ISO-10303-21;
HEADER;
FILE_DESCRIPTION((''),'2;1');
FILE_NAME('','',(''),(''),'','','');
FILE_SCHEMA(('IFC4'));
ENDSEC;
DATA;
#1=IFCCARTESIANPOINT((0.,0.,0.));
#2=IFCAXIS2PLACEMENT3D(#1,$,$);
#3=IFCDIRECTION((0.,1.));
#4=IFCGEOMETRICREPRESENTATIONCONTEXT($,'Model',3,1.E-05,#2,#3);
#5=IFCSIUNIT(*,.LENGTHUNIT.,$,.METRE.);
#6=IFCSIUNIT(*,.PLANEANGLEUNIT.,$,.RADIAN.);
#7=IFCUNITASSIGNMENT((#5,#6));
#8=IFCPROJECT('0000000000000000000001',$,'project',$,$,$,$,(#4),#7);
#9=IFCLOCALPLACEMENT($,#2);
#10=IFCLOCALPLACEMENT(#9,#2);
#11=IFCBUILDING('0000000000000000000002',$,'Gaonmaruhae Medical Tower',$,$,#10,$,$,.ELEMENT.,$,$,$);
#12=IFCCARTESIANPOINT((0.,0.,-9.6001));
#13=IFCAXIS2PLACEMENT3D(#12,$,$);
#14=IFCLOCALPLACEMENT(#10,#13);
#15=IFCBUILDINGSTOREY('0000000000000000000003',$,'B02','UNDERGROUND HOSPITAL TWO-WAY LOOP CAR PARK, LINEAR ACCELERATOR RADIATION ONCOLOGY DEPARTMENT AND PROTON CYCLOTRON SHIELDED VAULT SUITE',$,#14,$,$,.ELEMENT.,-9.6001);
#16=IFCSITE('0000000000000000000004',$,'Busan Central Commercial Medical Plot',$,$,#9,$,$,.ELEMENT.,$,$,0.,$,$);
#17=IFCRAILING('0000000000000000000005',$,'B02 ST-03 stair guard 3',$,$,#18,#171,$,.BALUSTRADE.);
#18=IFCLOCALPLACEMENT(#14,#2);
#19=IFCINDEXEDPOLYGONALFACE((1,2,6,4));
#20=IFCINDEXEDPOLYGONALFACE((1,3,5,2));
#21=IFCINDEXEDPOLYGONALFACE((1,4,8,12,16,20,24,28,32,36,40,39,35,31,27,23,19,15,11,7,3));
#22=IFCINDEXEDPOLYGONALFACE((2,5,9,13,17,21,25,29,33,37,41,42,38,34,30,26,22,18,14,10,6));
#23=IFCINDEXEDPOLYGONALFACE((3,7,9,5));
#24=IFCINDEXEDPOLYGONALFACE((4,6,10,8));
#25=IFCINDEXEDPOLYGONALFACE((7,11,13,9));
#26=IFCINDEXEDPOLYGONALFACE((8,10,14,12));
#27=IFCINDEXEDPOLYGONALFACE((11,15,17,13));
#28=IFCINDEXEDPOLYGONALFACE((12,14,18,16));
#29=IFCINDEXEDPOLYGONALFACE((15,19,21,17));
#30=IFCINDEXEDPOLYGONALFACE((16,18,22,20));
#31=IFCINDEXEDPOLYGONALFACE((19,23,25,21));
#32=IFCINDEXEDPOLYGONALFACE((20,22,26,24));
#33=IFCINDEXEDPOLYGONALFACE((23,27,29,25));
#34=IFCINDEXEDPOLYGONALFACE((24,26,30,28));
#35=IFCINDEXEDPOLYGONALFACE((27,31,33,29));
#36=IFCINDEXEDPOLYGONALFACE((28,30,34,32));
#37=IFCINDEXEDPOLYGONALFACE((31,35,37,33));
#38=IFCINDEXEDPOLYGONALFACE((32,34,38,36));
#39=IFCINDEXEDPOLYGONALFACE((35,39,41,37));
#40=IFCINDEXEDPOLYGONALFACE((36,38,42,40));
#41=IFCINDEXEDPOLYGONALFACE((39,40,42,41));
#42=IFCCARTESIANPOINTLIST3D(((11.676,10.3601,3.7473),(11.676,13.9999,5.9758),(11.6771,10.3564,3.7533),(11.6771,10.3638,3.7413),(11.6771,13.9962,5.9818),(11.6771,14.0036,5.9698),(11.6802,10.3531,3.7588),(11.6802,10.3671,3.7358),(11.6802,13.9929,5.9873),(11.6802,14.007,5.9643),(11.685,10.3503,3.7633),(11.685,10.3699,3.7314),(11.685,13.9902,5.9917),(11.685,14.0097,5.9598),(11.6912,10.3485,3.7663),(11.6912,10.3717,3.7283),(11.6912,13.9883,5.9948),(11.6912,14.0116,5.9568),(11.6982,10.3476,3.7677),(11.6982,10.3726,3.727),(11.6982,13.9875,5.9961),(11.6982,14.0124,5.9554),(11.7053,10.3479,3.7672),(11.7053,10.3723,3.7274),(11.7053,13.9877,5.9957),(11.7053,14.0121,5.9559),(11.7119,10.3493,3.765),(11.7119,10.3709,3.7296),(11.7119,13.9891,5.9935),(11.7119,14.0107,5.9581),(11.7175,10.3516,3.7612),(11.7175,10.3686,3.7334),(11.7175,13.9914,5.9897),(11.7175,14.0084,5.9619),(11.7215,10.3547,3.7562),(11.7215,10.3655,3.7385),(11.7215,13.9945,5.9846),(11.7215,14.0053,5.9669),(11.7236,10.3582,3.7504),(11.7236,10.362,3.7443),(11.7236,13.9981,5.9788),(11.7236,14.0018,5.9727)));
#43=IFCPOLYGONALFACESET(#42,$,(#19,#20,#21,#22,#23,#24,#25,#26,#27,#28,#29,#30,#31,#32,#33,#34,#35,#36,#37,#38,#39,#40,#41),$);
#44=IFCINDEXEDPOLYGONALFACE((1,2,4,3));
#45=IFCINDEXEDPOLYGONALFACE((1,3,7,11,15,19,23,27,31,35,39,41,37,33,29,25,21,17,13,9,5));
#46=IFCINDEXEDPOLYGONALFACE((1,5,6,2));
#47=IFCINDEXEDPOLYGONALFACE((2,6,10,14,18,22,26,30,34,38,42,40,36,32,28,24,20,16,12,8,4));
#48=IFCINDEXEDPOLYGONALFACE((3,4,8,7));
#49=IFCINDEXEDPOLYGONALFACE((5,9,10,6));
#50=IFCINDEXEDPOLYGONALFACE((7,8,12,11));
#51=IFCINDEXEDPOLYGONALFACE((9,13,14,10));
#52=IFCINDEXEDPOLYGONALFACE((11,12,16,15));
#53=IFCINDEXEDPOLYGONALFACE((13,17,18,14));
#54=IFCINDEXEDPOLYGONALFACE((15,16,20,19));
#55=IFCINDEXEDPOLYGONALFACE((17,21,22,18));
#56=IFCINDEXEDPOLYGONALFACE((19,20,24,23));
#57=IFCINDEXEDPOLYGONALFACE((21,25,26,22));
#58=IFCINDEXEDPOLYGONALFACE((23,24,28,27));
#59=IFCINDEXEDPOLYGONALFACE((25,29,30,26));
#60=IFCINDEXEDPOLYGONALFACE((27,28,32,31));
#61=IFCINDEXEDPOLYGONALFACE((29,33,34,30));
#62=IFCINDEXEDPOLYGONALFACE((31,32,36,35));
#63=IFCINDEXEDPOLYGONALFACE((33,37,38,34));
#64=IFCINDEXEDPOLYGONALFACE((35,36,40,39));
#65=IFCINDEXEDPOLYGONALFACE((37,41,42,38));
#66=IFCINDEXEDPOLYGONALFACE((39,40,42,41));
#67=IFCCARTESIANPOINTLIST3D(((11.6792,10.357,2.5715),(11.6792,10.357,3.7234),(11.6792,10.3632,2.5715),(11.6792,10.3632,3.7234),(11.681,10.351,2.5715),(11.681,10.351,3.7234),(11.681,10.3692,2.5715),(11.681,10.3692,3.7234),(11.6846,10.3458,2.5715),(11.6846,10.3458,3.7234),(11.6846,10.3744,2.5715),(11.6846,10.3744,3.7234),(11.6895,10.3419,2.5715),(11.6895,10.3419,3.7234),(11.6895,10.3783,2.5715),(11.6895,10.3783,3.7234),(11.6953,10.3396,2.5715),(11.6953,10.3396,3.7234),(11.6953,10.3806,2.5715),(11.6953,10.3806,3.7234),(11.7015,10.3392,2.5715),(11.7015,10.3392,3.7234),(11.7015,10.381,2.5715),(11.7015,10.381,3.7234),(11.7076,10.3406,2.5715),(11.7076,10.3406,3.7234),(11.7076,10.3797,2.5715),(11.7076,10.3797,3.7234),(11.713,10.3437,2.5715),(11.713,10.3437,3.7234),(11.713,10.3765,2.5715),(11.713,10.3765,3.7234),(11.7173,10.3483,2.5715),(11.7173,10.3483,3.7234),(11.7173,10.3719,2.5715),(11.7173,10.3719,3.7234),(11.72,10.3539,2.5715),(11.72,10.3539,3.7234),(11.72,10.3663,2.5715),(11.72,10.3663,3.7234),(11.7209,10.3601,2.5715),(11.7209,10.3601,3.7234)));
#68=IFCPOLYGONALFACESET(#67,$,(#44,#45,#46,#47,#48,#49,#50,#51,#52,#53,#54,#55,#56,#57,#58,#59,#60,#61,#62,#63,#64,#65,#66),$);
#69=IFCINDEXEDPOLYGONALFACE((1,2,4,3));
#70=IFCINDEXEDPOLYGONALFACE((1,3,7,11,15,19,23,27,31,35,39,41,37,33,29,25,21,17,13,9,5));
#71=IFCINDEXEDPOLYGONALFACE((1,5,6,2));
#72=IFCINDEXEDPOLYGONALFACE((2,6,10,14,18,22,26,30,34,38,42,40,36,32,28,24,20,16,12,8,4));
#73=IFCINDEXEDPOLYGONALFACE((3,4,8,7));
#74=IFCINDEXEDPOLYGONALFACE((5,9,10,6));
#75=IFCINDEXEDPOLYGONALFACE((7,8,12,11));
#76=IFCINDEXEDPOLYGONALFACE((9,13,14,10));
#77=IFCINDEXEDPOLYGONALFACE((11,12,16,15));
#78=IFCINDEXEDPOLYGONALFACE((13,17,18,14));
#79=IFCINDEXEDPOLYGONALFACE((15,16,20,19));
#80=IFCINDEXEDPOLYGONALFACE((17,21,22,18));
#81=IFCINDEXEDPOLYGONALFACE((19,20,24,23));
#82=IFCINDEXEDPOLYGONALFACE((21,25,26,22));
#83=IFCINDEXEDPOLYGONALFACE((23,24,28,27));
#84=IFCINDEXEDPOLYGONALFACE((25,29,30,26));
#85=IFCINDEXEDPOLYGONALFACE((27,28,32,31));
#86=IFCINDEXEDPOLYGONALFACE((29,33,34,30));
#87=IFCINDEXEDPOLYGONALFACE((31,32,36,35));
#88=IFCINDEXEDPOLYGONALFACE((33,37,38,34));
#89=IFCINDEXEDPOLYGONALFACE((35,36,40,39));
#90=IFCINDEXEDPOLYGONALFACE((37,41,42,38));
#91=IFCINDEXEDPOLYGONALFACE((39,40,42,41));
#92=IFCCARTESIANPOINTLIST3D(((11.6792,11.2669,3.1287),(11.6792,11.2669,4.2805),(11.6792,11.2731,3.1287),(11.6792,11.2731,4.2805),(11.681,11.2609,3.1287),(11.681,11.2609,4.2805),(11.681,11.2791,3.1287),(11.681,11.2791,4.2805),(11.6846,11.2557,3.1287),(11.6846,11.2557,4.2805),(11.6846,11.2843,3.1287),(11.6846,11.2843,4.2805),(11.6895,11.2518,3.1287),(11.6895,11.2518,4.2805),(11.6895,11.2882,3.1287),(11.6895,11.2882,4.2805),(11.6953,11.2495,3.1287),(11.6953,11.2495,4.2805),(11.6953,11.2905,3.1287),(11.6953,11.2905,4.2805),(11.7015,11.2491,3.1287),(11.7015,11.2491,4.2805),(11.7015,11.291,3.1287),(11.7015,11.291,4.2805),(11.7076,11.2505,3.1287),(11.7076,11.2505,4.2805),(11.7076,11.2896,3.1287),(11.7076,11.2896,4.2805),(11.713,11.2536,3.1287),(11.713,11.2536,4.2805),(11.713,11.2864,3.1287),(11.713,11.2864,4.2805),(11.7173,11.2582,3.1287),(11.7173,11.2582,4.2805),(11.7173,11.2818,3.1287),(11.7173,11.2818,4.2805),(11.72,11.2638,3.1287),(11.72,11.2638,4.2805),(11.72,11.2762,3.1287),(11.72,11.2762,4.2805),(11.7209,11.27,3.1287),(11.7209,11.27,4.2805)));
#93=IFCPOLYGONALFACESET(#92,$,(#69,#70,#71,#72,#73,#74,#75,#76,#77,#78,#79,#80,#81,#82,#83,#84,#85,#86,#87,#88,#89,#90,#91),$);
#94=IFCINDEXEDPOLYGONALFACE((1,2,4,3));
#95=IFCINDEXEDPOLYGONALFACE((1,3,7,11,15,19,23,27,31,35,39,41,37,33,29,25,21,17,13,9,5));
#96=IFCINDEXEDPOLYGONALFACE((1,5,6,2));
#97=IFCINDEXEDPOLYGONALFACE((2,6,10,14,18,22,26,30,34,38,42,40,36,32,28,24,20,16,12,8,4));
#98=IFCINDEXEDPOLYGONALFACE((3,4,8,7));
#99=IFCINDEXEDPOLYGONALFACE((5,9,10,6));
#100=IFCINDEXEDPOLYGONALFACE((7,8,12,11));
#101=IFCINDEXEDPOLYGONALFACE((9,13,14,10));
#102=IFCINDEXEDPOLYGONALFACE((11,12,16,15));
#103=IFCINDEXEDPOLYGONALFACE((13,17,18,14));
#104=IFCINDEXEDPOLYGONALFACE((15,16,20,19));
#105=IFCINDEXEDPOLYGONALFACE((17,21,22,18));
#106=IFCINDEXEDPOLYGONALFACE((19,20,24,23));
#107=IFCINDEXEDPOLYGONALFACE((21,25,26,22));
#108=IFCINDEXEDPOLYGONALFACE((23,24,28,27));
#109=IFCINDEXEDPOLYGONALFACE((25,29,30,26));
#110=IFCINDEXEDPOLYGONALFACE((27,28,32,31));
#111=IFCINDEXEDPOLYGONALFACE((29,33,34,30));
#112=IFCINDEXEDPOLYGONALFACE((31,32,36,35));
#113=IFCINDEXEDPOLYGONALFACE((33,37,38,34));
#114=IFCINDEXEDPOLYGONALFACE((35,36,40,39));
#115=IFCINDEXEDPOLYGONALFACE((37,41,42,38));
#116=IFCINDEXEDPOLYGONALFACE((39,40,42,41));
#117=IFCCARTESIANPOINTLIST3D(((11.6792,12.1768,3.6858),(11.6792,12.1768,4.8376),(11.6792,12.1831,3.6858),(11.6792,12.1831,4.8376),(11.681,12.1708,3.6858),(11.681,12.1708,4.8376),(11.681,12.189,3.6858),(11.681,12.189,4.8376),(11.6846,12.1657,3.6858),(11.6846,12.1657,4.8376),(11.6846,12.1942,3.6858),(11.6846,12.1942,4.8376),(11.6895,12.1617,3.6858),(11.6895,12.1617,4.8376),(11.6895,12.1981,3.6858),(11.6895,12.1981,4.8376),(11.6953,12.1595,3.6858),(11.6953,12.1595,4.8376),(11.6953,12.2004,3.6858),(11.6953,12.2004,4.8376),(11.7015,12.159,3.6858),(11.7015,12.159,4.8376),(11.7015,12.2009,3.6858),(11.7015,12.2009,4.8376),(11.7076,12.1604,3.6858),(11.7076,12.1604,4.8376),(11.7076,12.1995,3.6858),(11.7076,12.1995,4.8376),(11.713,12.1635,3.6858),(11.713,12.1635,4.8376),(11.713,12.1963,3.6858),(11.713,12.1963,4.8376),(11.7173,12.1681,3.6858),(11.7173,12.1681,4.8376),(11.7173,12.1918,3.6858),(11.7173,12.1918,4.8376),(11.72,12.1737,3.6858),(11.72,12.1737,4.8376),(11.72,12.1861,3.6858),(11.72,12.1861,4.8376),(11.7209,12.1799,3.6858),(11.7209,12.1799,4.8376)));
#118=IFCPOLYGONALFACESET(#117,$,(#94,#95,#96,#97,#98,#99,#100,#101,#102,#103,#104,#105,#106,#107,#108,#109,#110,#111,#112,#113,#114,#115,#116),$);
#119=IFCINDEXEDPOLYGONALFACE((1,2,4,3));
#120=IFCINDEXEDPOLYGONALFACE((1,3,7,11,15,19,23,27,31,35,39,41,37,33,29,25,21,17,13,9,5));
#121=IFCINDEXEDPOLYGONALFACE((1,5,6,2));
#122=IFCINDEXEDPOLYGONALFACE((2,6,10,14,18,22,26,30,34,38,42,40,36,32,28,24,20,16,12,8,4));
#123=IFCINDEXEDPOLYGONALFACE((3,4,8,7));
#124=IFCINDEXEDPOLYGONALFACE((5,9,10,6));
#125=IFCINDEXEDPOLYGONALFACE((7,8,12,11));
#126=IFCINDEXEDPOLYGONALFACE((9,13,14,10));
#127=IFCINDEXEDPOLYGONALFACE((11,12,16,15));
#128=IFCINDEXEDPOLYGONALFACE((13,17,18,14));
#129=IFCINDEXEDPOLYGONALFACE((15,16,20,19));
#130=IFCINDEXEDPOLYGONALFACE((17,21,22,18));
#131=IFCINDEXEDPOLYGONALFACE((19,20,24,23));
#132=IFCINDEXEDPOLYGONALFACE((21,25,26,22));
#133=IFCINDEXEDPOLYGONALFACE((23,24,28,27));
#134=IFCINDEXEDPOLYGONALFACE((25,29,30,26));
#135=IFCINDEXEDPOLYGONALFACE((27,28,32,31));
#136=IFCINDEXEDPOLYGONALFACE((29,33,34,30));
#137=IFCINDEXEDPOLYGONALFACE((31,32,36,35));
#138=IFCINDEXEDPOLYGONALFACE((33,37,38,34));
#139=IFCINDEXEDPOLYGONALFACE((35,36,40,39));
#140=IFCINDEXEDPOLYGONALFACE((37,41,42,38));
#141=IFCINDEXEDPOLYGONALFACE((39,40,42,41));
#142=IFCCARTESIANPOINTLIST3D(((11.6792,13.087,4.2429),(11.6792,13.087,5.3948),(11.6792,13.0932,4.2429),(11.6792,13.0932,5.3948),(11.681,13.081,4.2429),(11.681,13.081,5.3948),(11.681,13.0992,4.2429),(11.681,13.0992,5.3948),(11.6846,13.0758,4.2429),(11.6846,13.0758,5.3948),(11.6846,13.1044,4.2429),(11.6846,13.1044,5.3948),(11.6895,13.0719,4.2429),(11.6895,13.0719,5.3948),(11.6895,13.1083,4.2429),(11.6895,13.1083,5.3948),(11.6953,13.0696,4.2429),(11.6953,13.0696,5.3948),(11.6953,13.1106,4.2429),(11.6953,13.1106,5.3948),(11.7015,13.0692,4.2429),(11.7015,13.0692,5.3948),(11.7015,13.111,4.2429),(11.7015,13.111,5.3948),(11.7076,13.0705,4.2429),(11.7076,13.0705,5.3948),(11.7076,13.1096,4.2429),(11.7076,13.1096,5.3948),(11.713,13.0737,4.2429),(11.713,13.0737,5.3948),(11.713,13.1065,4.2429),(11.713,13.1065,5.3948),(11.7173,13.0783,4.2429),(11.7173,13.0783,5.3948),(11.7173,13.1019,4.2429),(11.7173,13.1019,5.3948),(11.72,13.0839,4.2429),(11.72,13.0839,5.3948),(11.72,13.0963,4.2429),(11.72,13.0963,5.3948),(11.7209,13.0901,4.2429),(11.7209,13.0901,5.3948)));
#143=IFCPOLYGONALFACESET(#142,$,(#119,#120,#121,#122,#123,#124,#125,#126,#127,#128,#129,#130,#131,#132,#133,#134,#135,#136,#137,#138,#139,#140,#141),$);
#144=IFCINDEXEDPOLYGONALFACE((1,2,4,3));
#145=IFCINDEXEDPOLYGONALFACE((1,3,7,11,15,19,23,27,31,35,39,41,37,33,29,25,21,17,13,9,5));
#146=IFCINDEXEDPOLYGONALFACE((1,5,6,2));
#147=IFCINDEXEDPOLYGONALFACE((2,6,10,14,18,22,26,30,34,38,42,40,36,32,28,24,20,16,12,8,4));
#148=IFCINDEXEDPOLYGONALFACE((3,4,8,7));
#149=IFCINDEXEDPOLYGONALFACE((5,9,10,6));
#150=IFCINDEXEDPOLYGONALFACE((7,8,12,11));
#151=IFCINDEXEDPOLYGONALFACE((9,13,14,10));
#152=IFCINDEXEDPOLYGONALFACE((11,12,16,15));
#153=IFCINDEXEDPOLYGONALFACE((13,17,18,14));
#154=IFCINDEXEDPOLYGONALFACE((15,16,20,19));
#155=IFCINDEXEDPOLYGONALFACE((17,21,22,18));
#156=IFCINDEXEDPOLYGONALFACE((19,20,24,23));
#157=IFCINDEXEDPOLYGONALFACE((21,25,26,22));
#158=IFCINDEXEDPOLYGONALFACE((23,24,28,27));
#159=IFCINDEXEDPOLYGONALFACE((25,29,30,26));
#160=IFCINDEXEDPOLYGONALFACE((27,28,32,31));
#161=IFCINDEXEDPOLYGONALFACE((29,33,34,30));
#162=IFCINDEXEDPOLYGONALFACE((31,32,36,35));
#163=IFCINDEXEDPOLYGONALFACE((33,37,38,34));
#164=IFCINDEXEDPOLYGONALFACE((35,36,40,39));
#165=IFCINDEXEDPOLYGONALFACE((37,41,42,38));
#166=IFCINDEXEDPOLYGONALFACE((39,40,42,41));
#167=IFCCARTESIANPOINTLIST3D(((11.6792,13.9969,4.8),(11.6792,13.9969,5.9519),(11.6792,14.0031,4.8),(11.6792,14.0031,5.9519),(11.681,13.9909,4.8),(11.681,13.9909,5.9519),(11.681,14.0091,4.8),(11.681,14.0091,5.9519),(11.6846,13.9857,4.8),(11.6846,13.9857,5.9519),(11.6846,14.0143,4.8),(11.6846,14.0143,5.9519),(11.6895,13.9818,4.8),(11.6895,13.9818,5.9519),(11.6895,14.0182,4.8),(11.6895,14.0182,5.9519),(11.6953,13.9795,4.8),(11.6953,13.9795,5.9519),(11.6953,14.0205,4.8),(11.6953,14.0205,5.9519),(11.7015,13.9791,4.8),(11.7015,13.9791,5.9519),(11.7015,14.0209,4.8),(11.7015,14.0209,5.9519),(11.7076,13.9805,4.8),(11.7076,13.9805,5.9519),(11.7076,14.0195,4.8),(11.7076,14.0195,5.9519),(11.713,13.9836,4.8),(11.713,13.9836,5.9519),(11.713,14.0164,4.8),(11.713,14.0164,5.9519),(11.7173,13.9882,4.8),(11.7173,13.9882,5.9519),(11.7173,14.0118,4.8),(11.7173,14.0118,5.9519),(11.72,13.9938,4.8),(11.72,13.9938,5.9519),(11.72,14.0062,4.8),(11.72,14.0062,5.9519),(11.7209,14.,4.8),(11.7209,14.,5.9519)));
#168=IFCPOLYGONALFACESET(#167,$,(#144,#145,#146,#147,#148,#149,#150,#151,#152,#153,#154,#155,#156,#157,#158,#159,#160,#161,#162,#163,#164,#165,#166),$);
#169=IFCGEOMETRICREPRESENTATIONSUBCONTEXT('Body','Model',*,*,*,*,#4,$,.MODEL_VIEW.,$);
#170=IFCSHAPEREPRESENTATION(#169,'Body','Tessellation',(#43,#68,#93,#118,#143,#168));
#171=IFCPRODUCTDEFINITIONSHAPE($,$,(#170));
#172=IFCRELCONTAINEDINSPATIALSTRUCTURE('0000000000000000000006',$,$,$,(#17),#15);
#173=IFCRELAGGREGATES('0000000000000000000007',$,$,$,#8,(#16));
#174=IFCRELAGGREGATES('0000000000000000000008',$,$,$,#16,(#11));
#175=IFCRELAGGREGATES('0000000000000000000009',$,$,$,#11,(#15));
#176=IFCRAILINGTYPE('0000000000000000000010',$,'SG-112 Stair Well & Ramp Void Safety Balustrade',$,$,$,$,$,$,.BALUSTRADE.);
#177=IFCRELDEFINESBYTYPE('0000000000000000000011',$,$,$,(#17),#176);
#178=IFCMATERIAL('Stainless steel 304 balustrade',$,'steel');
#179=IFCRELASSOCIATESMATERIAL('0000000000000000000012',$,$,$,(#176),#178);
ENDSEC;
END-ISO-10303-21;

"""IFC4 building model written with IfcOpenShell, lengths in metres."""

from ifc_helpers import new_model, si_unit, direction, frame, origin, origin_2d, place, context, subcontext, project, spatial, circle, extrude, material, type_object, element, save


model = new_model("IFC4")

# Units and contexts
model_context = context("Model", 3, precision=1e-05, world=origin(), true_north=direction((0.0, 1.0)))
body_context = subcontext(model_context, "Body", "Model", "MODEL_VIEW")
ifc_project = project(units=[si_unit("LENGTHUNIT", "METRE"), si_unit("PLANEANGLEUNIT", "RADIAN")], contexts=[model_context])

# Site, building, storey
site_placement = place(None, origin())
site = spatial("IfcSite", under=ifc_project, at=site_placement, Name="Busan Central Commercial Medical Plot", CompositionType="ELEMENT", RefElevation=0.0)
building_placement = place(site_placement, origin())
building = spatial("IfcBuilding", under=site, at=building_placement, Name="Gaonmaruhae Medical Tower", CompositionType="ELEMENT")
storey_placement = place(building_placement, frame((0.0, 0.0, -9.6001)))
storey = spatial("IfcBuildingStorey", under=building, at=storey_placement, Name="B02", Description="UNDERGROUND HOSPITAL TWO-WAY LOOP CAR PARK, LINEAR ACCELERATOR RADIATION ONCOLOGY DEPARTMENT AND PROTON CYCLOTRON SHIELDED VAULT SUITE", CompositionType="ELEMENT", Elevation=-9.6001)

# Railing
ifc_material_1 = material(Name="Stainless steel 304 balustrade", Category="steel")
railing_type_1 = type_object("IfcRailingType", Name="SG-112 Stair Well & Ramp Void Safety Balustrade", PredefinedType="BALUSTRADE", material=ifc_material_1)
railing_1_placement = place(storey_placement, frame((11.7, 10.3601, 2.5715)))
element("IfcRailing", 1, at=railing_1_placement, inside=storey, type_object=railing_type_1, Name="B02 ST-03 stair guard 3", PredefinedType="BALUSTRADE", context=body_context, shape_type="SweptSolid", body=[
    extrude(circle(Radius=0.0239, at=origin_2d()), frame((0.0, 0.0, 1.1758), z_axis=(0.0, 0.85285, 0.522156), x_axis=(-1.0, 0.0, 0.0)), (0.0, 0.0, 1.0), 4.2678),
    extrude(circle(Radius=0.021, at=origin_2d()), origin(), (0.0, 0.0, 1.0), 1.1519),
    extrude(circle(Radius=0.021, at=origin_2d()), frame((0.0, 0.9099, 0.5571)), (0.0, 0.0, 1.0), 1.1519),
    extrude(circle(Radius=0.021, at=origin_2d()), frame((0.0, 1.8198, 1.1143)), (0.0, 0.0, 1.0), 1.1519),
    extrude(circle(Radius=0.021, at=origin_2d()), frame((0.0, 2.73, 1.6714)), (0.0, 0.0, 1.0), 1.1519),
    extrude(circle(Radius=0.021, at=origin_2d()), frame((0.0, 3.6399, 2.2285)), (0.0, 0.0, 1.0), 1.1519),
])

save(model, "model.ifc")
